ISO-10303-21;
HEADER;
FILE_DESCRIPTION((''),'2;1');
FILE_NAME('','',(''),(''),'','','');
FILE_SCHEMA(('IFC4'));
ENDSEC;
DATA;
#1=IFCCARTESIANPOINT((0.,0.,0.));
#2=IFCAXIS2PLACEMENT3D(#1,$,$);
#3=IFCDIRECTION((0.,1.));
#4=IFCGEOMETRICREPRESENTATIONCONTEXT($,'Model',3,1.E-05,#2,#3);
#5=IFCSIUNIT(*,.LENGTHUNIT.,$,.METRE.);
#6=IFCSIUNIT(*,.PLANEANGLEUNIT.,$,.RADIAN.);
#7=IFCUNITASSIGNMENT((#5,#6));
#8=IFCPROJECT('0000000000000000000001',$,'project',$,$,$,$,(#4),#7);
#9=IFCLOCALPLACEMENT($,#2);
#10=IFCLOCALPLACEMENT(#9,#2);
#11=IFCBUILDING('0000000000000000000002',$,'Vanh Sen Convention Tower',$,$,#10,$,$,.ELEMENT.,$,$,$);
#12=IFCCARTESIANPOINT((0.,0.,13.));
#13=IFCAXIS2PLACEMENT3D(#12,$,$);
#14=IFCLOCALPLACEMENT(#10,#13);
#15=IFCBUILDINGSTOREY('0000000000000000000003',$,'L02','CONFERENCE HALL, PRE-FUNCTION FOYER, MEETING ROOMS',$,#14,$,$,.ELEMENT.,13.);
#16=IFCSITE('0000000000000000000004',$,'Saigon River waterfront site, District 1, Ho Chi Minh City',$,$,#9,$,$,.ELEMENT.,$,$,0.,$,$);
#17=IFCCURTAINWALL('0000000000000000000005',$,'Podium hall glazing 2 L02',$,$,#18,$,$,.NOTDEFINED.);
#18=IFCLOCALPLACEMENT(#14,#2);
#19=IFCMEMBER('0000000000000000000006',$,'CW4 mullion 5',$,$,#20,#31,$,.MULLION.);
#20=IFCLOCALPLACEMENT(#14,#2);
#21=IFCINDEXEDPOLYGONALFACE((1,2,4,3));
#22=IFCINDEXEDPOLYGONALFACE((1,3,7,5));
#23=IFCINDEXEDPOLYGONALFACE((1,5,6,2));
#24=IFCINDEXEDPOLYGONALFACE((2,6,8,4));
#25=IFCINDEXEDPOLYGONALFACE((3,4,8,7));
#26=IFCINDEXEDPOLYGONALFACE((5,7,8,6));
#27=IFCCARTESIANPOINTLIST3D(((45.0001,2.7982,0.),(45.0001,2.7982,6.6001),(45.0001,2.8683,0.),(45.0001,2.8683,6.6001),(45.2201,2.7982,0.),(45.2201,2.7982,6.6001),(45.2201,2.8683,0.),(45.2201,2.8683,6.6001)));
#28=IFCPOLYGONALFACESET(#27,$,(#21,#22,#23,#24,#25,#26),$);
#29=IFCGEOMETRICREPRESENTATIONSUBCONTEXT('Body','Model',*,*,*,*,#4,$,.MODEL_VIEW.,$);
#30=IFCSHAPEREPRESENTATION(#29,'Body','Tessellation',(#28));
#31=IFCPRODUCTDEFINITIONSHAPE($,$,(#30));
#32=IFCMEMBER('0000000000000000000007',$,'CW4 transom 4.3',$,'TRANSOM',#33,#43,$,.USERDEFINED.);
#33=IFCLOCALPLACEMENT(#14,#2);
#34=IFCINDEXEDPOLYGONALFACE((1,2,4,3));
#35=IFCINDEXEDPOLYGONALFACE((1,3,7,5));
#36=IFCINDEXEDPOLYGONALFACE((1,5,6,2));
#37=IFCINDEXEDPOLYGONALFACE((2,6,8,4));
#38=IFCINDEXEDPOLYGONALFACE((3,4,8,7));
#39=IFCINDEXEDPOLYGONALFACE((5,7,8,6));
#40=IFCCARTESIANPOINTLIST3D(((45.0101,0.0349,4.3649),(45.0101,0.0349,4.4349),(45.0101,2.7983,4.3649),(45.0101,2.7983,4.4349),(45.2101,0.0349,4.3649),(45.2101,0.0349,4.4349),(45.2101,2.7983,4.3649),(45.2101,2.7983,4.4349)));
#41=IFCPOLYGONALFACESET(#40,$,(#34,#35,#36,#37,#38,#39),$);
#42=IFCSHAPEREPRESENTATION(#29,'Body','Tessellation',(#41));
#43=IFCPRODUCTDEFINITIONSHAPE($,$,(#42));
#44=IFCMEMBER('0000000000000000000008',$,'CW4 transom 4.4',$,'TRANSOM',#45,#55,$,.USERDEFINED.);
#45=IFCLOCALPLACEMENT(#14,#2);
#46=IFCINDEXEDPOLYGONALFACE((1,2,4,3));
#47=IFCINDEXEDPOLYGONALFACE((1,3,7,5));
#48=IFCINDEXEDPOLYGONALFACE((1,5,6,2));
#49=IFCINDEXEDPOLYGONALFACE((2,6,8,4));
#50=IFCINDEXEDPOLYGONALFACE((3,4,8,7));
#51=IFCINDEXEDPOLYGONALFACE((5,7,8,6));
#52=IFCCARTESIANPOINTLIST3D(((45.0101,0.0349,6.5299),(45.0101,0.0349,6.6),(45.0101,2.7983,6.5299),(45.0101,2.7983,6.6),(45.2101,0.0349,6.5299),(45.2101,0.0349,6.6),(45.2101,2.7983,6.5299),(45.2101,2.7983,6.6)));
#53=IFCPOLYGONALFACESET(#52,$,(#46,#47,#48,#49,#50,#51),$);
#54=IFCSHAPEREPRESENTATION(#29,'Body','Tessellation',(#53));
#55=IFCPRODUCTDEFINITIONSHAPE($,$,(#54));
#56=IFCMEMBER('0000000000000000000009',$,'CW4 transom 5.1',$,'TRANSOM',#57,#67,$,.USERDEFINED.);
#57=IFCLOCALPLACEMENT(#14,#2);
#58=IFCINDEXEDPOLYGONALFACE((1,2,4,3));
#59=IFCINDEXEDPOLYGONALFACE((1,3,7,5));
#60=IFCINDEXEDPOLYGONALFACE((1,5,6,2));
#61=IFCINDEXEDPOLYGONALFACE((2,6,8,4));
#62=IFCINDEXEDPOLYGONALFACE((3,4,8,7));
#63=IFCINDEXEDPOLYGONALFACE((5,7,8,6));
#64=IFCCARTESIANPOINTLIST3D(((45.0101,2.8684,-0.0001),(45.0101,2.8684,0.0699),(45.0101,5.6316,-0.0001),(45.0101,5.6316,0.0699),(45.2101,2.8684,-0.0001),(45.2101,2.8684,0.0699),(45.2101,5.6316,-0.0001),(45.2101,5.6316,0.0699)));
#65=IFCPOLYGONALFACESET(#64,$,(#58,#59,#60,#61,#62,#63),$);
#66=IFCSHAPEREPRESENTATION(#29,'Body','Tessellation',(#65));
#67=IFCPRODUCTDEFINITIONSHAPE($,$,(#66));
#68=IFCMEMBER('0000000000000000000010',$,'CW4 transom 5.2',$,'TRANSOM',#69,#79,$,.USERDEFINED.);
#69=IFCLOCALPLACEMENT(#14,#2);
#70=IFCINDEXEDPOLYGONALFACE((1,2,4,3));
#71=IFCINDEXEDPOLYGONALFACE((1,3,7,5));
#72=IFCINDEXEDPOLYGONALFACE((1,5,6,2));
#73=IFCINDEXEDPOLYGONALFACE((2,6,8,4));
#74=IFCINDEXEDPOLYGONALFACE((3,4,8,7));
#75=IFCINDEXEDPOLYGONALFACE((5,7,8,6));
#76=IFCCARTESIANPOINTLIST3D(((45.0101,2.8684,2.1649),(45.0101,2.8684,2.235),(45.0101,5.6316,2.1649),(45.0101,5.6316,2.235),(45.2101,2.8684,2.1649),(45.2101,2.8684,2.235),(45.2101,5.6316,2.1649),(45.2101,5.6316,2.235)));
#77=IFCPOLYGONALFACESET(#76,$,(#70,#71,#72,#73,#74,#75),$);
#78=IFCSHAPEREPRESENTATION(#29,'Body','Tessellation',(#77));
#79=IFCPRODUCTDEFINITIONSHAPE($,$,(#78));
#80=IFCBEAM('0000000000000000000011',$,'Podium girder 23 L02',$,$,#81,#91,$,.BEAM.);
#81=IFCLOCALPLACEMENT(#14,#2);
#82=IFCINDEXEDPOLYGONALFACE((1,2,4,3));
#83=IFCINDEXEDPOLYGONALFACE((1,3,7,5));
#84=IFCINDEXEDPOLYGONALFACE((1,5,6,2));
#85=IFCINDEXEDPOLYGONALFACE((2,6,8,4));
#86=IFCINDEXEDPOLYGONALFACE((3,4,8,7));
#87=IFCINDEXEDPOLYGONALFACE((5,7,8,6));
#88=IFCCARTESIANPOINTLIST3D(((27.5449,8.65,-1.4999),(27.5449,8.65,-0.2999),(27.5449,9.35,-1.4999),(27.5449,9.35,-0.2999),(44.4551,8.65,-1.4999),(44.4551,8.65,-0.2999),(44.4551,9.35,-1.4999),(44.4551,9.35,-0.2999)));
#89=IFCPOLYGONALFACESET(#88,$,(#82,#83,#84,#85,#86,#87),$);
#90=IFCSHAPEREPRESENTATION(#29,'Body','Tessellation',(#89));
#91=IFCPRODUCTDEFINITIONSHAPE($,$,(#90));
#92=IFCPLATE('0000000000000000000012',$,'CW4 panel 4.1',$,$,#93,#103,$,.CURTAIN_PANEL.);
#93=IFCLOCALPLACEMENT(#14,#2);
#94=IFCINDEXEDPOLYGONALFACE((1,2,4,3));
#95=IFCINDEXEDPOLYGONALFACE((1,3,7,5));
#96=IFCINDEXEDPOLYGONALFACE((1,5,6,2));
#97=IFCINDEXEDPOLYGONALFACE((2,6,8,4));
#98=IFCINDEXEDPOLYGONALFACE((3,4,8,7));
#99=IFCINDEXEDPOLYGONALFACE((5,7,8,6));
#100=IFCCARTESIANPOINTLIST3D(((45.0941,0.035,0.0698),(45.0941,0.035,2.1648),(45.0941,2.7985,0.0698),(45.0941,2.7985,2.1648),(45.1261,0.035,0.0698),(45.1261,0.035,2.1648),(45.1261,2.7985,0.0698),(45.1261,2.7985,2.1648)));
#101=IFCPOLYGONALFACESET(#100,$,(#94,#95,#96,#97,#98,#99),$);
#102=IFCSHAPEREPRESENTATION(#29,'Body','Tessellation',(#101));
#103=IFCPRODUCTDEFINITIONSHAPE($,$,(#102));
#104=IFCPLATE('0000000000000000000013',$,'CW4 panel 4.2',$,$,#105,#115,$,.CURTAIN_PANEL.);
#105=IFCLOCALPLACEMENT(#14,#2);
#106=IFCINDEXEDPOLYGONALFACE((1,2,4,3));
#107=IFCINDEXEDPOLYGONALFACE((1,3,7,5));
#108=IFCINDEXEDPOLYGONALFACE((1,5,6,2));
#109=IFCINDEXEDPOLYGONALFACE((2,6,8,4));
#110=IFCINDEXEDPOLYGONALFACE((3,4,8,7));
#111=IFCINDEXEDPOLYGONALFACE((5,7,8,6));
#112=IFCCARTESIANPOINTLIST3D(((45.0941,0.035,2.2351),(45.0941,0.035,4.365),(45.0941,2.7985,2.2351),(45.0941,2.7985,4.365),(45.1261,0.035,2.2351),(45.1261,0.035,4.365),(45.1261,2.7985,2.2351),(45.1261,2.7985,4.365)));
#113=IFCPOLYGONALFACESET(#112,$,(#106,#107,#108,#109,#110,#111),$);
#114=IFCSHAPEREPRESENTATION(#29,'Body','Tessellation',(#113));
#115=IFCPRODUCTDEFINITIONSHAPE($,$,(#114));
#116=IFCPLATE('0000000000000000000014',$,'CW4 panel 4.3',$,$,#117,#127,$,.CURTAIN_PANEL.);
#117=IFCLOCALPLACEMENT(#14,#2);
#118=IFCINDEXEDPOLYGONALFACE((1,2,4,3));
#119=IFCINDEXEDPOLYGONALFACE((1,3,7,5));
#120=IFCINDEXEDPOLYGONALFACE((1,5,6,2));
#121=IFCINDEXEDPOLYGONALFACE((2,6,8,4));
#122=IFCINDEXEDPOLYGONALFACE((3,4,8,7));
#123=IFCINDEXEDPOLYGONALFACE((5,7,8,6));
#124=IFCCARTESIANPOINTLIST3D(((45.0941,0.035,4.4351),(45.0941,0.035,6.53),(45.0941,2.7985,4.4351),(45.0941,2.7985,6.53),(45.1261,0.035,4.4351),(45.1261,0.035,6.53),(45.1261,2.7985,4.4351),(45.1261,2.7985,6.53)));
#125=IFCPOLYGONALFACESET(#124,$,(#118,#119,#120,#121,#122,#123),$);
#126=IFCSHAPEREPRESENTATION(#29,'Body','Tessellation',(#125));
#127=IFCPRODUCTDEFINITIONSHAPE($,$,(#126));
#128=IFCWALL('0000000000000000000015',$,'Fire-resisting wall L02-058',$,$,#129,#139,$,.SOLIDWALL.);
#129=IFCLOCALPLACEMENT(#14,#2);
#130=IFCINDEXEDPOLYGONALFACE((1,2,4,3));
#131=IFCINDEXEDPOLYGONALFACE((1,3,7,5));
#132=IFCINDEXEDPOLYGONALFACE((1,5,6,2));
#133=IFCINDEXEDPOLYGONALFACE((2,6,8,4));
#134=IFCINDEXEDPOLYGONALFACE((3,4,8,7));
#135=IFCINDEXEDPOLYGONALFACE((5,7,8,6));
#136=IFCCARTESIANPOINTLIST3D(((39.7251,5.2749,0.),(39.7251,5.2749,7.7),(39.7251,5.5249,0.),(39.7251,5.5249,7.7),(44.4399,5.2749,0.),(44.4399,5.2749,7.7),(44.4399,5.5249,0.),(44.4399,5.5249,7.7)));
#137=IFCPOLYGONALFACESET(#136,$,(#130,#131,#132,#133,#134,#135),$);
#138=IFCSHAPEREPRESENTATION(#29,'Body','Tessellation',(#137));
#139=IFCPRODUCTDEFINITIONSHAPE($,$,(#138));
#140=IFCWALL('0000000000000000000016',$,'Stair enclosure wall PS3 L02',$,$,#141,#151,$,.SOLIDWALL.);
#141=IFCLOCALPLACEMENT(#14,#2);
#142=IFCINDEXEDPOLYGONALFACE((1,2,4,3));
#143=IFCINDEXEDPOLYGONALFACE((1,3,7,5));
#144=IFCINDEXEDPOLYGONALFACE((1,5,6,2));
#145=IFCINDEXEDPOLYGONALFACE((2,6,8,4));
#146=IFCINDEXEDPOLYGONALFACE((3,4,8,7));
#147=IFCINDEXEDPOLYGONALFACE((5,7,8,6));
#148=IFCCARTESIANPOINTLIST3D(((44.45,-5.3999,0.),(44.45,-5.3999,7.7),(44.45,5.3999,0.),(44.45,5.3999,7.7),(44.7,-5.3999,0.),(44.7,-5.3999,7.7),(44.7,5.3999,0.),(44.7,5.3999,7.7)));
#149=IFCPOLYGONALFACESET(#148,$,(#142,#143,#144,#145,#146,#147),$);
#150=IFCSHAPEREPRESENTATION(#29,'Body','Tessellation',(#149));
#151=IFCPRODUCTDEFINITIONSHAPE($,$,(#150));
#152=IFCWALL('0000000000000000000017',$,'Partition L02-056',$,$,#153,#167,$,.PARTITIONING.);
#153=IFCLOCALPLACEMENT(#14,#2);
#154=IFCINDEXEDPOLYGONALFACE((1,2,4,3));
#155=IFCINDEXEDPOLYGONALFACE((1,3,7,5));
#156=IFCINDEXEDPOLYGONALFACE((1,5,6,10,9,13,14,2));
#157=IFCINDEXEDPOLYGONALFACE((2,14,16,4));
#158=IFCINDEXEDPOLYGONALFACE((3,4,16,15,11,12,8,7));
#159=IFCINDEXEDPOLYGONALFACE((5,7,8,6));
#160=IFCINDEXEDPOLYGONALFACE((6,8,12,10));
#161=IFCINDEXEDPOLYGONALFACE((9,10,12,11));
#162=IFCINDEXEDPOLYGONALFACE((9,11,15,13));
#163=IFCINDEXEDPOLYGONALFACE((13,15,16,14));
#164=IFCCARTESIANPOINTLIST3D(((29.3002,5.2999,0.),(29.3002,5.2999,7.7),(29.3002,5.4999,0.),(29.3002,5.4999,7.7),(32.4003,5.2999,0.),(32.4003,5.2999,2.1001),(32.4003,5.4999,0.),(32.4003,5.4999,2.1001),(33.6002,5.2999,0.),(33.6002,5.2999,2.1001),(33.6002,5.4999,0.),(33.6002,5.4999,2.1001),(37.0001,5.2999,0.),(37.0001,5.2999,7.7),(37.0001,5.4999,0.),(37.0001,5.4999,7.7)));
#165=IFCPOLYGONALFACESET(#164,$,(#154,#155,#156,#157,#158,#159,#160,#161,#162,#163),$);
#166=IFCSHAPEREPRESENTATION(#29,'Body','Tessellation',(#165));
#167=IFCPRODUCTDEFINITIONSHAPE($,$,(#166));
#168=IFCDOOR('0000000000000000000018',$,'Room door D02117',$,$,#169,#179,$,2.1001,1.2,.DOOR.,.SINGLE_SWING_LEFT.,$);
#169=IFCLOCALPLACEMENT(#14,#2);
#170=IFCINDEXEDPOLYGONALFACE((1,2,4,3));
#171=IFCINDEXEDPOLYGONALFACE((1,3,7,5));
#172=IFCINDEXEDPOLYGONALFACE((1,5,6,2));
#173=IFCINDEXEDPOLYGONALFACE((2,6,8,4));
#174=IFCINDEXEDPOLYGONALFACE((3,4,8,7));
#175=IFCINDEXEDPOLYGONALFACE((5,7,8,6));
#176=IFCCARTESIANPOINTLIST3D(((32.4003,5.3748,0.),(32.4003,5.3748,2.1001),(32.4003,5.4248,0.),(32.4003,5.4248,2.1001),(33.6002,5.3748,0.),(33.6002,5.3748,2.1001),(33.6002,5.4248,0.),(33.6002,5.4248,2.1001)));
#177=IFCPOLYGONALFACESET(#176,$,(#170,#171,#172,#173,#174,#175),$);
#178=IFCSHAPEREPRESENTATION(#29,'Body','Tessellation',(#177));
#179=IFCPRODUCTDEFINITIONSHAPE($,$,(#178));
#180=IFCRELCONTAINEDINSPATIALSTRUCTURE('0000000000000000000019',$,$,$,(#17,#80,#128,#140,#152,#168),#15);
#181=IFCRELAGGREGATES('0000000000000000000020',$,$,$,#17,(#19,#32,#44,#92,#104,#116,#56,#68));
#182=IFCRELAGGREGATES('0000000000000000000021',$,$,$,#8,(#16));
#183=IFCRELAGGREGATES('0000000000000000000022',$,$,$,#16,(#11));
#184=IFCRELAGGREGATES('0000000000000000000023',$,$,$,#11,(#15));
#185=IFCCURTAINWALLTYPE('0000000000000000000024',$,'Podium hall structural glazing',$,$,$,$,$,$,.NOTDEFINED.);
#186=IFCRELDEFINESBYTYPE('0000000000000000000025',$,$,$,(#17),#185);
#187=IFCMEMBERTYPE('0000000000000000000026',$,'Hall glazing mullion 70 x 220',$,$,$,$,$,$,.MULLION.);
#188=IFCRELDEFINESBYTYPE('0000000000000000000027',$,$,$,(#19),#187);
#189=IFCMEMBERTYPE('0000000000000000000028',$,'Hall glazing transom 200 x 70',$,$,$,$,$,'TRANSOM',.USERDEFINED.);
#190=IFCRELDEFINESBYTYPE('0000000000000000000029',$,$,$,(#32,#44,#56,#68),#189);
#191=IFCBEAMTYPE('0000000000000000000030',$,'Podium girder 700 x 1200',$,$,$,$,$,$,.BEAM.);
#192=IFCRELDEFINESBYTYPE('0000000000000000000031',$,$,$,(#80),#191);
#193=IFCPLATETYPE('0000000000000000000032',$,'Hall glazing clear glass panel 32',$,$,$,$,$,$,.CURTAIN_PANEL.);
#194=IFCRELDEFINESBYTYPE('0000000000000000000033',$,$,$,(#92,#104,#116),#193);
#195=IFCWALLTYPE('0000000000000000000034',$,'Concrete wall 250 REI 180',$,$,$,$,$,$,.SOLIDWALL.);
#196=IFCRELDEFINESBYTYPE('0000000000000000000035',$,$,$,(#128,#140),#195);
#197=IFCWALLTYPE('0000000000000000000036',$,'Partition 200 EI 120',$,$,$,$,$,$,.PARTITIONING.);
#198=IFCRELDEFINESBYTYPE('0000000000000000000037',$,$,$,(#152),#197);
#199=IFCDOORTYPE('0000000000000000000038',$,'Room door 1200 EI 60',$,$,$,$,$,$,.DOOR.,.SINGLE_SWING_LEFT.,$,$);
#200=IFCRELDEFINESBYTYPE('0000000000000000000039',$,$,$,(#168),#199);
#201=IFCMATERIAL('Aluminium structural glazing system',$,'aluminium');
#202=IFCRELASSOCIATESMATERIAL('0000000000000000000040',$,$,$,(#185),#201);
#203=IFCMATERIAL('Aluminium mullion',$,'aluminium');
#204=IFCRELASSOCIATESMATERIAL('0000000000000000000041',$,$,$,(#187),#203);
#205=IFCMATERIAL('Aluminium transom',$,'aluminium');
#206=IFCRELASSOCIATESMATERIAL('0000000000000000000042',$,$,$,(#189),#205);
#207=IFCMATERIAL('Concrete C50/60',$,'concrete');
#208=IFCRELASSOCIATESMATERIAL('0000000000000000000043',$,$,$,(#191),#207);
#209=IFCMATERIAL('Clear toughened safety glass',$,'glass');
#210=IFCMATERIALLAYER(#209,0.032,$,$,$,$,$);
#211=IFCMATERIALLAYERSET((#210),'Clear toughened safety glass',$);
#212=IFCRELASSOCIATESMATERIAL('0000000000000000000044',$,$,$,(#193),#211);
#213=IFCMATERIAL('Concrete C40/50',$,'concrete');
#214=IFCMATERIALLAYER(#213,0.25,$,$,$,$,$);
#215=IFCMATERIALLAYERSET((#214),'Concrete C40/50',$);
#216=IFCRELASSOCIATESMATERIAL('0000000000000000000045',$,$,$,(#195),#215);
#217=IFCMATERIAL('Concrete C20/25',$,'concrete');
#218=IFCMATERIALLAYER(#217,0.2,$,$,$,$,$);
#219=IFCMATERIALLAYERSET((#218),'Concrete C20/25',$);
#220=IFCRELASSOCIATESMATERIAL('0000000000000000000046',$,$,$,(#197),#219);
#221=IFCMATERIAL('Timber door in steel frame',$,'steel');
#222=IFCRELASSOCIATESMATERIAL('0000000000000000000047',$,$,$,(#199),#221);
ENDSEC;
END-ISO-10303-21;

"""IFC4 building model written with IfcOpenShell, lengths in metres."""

from ifc_helpers import new_model, si_unit, direction, frame, frame_2d, origin, origin_2d, place, context, subcontext, project, spatial, rectangle, extrude, material, layer, layer_set, material_profile, profile_set, type_object, element, fill, aggregate, save


model = new_model("IFC4")

# Units and contexts
model_context = context("Model", 3, precision=1e-05, world=origin(), true_north=direction((0.0, 1.0)))
body_context = subcontext(model_context, "Body", "Model", "MODEL_VIEW")
ifc_project = project(units=[si_unit("LENGTHUNIT", "METRE"), si_unit("PLANEANGLEUNIT", "RADIAN")], contexts=[model_context])

# Site, building, storey
site_placement = place(None, origin())
site = spatial("IfcSite", under=ifc_project, at=site_placement, Name="Saigon River waterfront site, District 1, Ho Chi Minh City", CompositionType="ELEMENT", RefElevation=0.0)
building_placement = place(site_placement, origin())
building = spatial("IfcBuilding", under=site, at=building_placement, Name="Vanh Sen Convention Tower", CompositionType="ELEMENT")
storey_placement = place(building_placement, frame((0.0, 0.0, 13.0)))
storey = spatial("IfcBuildingStorey", under=building, at=storey_placement, Name="L02", Description="CONFERENCE HALL, PRE-FUNCTION FOYER, MEETING ROOMS", CompositionType="ELEMENT", Elevation=13.0)

# Curtain wall, members
ifc_material_1 = material(Name="Aluminium structural glazing system", Category="aluminium")
curtain_wall_type = type_object("IfcCurtainWallType", Name="Podium hall structural glazing", PredefinedType="NOTDEFINED", material=ifc_material_1)
curtain_wall_placement = place(storey_placement, origin())
curtain_wall = element("IfcCurtainWall", 1, at=curtain_wall_placement, inside=storey, type_object=curtain_wall_type, Name="Podium hall glazing 2 L02", PredefinedType="NOTDEFINED")
ifc_material_2 = material(Name="Aluminium mullion", Category="aluminium")
ifc_material_profile_1 = material_profile(ifc_material_2, rectangle(XDim=0.22, YDim=0.0701, at=origin_2d()), Name="Hall glazing mullion 70 x 220")
ifc_profile_set_1 = profile_set([ifc_material_profile_1], Name="Aluminium mullion")
member_type_1 = type_object("IfcMemberType", Name="Hall glazing mullion 70 x 220", PredefinedType="MULLION", material=ifc_profile_set_1)
member_1_placement = place(storey_placement, frame((45.1101, 2.8333, 0.0), z_axis=(0.0, 0.0, 1.0), x_axis=(-1.0, 0.0, 0.0)))
member_1 = element("IfcMember", 2, at=member_1_placement, type_object=member_type_1, Name="CW4 mullion 5", PredefinedType="MULLION", context=body_context, shape_type="SweptSolid", body=[
    extrude(rectangle(XDim=0.22, YDim=0.0701, at=origin_2d()), origin(), (0.0, 0.0, 1.0), 6.6001),
])
ifc_material_3 = material(Name="Aluminium transom", Category="aluminium")
ifc_material_profile_2 = material_profile(ifc_material_3, rectangle(XDim=0.2, YDim=0.0701, at=origin_2d()), Name="Hall glazing transom 200 x 70")
ifc_profile_set_2 = profile_set([ifc_material_profile_2], Name="Aluminium transom")
member_type_2 = type_object("IfcMemberType", Name="Hall glazing transom 200 x 70", ElementType="TRANSOM", PredefinedType="USERDEFINED", material=ifc_profile_set_2)
member_2_placement = place(storey_placement, frame((45.1101, 0.0349, 4.3999), z_axis=(0.0, 1.0, 0.0), x_axis=(-1.0, 0.0, 0.0)))
member_2 = element("IfcMember", 3, at=member_2_placement, type_object=member_type_2, Name="CW4 transom 4.3", ObjectType="TRANSOM", PredefinedType="USERDEFINED", context=body_context, shape_type="SweptSolid", body=[
    extrude(rectangle(XDim=0.2, YDim=0.0701, at=origin_2d()), origin(), (0.0, 0.0, 1.0), 2.7634),
])
member_3_placement = place(storey_placement, frame((45.1101, 0.0349, 6.5649), z_axis=(0.0, 1.0, 0.0), x_axis=(-1.0, 0.0, 0.0)))
member_3 = element("IfcMember", 4, at=member_3_placement, type_object=member_type_2, Name="CW4 transom 4.4", ObjectType="TRANSOM", PredefinedType="USERDEFINED", context=body_context, shape_type="SweptSolid", body=[
    extrude(rectangle(XDim=0.2, YDim=0.0701, at=origin_2d()), origin(), (0.0, 0.0, 1.0), 2.7634),
])
member_4_placement = place(storey_placement, frame((45.1101, 2.8684, 0.0349), z_axis=(0.0, 1.0, 0.0), x_axis=(-1.0, 0.0, 0.0)))
member_4 = element("IfcMember", 5, at=member_4_placement, type_object=member_type_2, Name="CW4 transom 5.1", ObjectType="TRANSOM", PredefinedType="USERDEFINED", context=body_context, shape_type="SweptSolid", body=[
    extrude(rectangle(XDim=0.2, YDim=0.0701, at=origin_2d()), origin(), (0.0, 0.0, 1.0), 2.7632),
])
member_5_placement = place(storey_placement, frame((45.1101, 2.8684, 2.2), z_axis=(0.0, 1.0, 0.0), x_axis=(-1.0, 0.0, 0.0)))
member_5 = element("IfcMember", 6, at=member_5_placement, type_object=member_type_2, Name="CW4 transom 5.2", ObjectType="TRANSOM", PredefinedType="USERDEFINED", context=body_context, shape_type="SweptSolid", body=[
    extrude(rectangle(XDim=0.2, YDim=0.0701, at=origin_2d()), origin(), (0.0, 0.0, 1.0), 2.7632),
])

# Beam
ifc_material_4 = material(Name="Concrete C50/60", Category="concrete")
ifc_material_profile_3 = material_profile(ifc_material_4, rectangle(XDim=0.7, YDim=1.2, at=origin_2d()), Name="RC 700X1200")
ifc_profile_set_3 = profile_set([ifc_material_profile_3], Name="Concrete C50/60")
beam_type = type_object("IfcBeamType", Name="Podium girder 700 x 1200", PredefinedType="BEAM", material=ifc_profile_set_3)
beam_placement = place(storey_placement, frame((27.5449, 9.0, -0.8999), z_axis=(1.0, 0.0, 0.0), x_axis=(0.0, 1.0, 0.0)))
element("IfcBeam", 7, at=beam_placement, inside=storey, type_object=beam_type, Name="Podium girder 23 L02", PredefinedType="BEAM", context=body_context, shape_type="SweptSolid", body=[
    extrude(rectangle(XDim=0.7, YDim=1.2, at=origin_2d()), origin(), (0.0, 0.0, 1.0), 16.9102),
])

# Plates
ifc_material_5 = material(Name="Clear toughened safety glass", Category="glass")
ifc_layer_1 = layer(ifc_material_5, 0.032)
ifc_layer_set_1 = layer_set([ifc_layer_1], Name="Clear toughened safety glass")
plate_type = type_object("IfcPlateType", Name="Hall glazing clear glass panel 32", PredefinedType="CURTAIN_PANEL", material=ifc_layer_set_1)
plate_1_placement = place(storey_placement, frame((45.1101, 1.4167, 0.0698), z_axis=(0.0, 0.0, 1.0), x_axis=(0.0, 1.0, 0.0)))
plate_1 = element("IfcPlate", 8, at=plate_1_placement, type_object=plate_type, Name="CW4 panel 4.1", PredefinedType="CURTAIN_PANEL", context=body_context, shape_type="SweptSolid", body=[
    extrude(rectangle(XDim=2.7634, YDim=0.032, at=origin_2d()), origin(), (0.0, 0.0, 1.0), 2.095),
])
plate_2_placement = place(storey_placement, frame((45.1101, 1.4167, 2.2351), z_axis=(0.0, 0.0, 1.0), x_axis=(0.0, 1.0, 0.0)))
plate_2 = element("IfcPlate", 9, at=plate_2_placement, type_object=plate_type, Name="CW4 panel 4.2", PredefinedType="CURTAIN_PANEL", context=body_context, shape_type="SweptSolid", body=[
    extrude(rectangle(XDim=2.7634, YDim=0.032, at=origin_2d()), origin(), (0.0, 0.0, 1.0), 2.1299),
])
plate_3_placement = place(storey_placement, frame((45.1101, 1.4167, 4.4351), z_axis=(0.0, 0.0, 1.0), x_axis=(0.0, 1.0, 0.0)))
plate_3 = element("IfcPlate", 10, at=plate_3_placement, type_object=plate_type, Name="CW4 panel 4.3", PredefinedType="CURTAIN_PANEL", context=body_context, shape_type="SweptSolid", body=[
    extrude(rectangle(XDim=2.7634, YDim=0.032, at=origin_2d()), origin(), (0.0, 0.0, 1.0), 2.095),
])
aggregate(curtain_wall, [member_1, member_2, member_3, plate_1, plate_2, plate_3, member_4, member_5])

# Walls
ifc_material_6 = material(Name="Concrete C40/50", Category="concrete")
ifc_layer_2 = layer(ifc_material_6, 0.25)
ifc_layer_set_2 = layer_set([ifc_layer_2], Name="Concrete C40/50")
wall_type_1 = type_object("IfcWallType", Name="Concrete wall 250 REI 180", PredefinedType="SOLIDWALL", material=ifc_layer_set_2)
wall_1_placement = place(storey_placement, frame((39.7251, 5.3999, 0.0), z_axis=(0.0, 0.0, 1.0), x_axis=(1.0, 0.0, 0.0)))
element("IfcWall", 11, at=wall_1_placement, inside=storey, type_object=wall_type_1, Name="Fire-resisting wall L02-058", PredefinedType="SOLIDWALL", context=body_context, shape_type="SweptSolid", body=[
    extrude(rectangle(XDim=4.7148, YDim=0.25, at=frame_2d((2.3574, 0.0))), origin(), (0.0, 0.0, 1.0), 7.7),
])
wall_2_placement = place(storey_placement, frame((44.575, 5.3999, 0.0), z_axis=(0.0, 0.0, 1.0), x_axis=(0.0, -1.0, 0.0)))
element("IfcWall", 12, at=wall_2_placement, inside=storey, type_object=wall_type_1, Name="Stair enclosure wall PS3 L02", PredefinedType="SOLIDWALL", context=body_context, shape_type="SweptSolid", body=[
    extrude(rectangle(XDim=10.7998, YDim=0.25, at=frame_2d((5.3999, 0.0))), origin(), (0.0, 0.0, 1.0), 7.7),
])

# Wall, opening, door
ifc_material_7 = material(Name="Concrete C20/25", Category="concrete")
ifc_layer_3 = layer(ifc_material_7, 0.2)
ifc_layer_set_3 = layer_set([ifc_layer_3], Name="Concrete C20/25")
wall_type_2 = type_object("IfcWallType", Name="Partition 200 EI 120", PredefinedType="PARTITIONING", material=ifc_layer_set_3)
wall_3_placement = place(storey_placement, frame((29.3, 5.3999, 0.0), z_axis=(0.0, 0.0, 1.0), x_axis=(1.0, 0.0, 0.0)))
wall_3 = element("IfcWall", 13, at=wall_3_placement, inside=storey, type_object=wall_type_2, Name="Partition L02-056", PredefinedType="PARTITIONING", context=body_context, shape_type="SweptSolid", body=[
    extrude(rectangle(XDim=7.7, YDim=0.2, at=frame_2d((3.8501, 0.0))), origin(), (0.0, 0.0, 1.0), 7.7),
])
opening_1_placement = place(wall_3_placement, frame((3.1001, 0.0, 0.0)))
opening_1 = element("IfcOpeningElement", 14, at=opening_1_placement, cuts=wall_3, PredefinedType="OPENING", context=body_context, shape_type="SweptSolid", body=[
    extrude(rectangle(XDim=1.2, YDim=2.1001, at=frame_2d((0.6001, 1.05))), frame((0.0, 0.1099, 0.0), z_axis=(0.0, -1.0, 0.0), x_axis=(1.0, 0.0, 0.0)), (0.0, 0.0, 1.0), 0.22),
])
ifc_material_8 = material(Name="Timber door in steel frame", Category="steel")
door_type = type_object("IfcDoorType", Name="Room door 1200 EI 60", OperationType="SINGLE_SWING_LEFT", PredefinedType="DOOR", material=ifc_material_8)
door_1_placement = place(opening_1_placement, origin())
door_1 = element("IfcDoor", 15, at=door_1_placement, inside=storey, type_object=door_type, Name="Room door D02117", OperationType="SINGLE_SWING_LEFT", OverallHeight=2.1001, OverallWidth=1.2, PredefinedType="DOOR", context=body_context, shape_type="SweptSolid", body=[
    extrude(rectangle(XDim=1.2, YDim=2.1001, at=frame_2d((0.6001, 1.05))), frame((0.0, 0.0249, 0.0), z_axis=(0.0, -1.0, 0.0), x_axis=(1.0, 0.0, 0.0)), (0.0, 0.0, 1.0), 0.05),
])
fill(opening_1, door_1)

save(model, "model.ifc")
